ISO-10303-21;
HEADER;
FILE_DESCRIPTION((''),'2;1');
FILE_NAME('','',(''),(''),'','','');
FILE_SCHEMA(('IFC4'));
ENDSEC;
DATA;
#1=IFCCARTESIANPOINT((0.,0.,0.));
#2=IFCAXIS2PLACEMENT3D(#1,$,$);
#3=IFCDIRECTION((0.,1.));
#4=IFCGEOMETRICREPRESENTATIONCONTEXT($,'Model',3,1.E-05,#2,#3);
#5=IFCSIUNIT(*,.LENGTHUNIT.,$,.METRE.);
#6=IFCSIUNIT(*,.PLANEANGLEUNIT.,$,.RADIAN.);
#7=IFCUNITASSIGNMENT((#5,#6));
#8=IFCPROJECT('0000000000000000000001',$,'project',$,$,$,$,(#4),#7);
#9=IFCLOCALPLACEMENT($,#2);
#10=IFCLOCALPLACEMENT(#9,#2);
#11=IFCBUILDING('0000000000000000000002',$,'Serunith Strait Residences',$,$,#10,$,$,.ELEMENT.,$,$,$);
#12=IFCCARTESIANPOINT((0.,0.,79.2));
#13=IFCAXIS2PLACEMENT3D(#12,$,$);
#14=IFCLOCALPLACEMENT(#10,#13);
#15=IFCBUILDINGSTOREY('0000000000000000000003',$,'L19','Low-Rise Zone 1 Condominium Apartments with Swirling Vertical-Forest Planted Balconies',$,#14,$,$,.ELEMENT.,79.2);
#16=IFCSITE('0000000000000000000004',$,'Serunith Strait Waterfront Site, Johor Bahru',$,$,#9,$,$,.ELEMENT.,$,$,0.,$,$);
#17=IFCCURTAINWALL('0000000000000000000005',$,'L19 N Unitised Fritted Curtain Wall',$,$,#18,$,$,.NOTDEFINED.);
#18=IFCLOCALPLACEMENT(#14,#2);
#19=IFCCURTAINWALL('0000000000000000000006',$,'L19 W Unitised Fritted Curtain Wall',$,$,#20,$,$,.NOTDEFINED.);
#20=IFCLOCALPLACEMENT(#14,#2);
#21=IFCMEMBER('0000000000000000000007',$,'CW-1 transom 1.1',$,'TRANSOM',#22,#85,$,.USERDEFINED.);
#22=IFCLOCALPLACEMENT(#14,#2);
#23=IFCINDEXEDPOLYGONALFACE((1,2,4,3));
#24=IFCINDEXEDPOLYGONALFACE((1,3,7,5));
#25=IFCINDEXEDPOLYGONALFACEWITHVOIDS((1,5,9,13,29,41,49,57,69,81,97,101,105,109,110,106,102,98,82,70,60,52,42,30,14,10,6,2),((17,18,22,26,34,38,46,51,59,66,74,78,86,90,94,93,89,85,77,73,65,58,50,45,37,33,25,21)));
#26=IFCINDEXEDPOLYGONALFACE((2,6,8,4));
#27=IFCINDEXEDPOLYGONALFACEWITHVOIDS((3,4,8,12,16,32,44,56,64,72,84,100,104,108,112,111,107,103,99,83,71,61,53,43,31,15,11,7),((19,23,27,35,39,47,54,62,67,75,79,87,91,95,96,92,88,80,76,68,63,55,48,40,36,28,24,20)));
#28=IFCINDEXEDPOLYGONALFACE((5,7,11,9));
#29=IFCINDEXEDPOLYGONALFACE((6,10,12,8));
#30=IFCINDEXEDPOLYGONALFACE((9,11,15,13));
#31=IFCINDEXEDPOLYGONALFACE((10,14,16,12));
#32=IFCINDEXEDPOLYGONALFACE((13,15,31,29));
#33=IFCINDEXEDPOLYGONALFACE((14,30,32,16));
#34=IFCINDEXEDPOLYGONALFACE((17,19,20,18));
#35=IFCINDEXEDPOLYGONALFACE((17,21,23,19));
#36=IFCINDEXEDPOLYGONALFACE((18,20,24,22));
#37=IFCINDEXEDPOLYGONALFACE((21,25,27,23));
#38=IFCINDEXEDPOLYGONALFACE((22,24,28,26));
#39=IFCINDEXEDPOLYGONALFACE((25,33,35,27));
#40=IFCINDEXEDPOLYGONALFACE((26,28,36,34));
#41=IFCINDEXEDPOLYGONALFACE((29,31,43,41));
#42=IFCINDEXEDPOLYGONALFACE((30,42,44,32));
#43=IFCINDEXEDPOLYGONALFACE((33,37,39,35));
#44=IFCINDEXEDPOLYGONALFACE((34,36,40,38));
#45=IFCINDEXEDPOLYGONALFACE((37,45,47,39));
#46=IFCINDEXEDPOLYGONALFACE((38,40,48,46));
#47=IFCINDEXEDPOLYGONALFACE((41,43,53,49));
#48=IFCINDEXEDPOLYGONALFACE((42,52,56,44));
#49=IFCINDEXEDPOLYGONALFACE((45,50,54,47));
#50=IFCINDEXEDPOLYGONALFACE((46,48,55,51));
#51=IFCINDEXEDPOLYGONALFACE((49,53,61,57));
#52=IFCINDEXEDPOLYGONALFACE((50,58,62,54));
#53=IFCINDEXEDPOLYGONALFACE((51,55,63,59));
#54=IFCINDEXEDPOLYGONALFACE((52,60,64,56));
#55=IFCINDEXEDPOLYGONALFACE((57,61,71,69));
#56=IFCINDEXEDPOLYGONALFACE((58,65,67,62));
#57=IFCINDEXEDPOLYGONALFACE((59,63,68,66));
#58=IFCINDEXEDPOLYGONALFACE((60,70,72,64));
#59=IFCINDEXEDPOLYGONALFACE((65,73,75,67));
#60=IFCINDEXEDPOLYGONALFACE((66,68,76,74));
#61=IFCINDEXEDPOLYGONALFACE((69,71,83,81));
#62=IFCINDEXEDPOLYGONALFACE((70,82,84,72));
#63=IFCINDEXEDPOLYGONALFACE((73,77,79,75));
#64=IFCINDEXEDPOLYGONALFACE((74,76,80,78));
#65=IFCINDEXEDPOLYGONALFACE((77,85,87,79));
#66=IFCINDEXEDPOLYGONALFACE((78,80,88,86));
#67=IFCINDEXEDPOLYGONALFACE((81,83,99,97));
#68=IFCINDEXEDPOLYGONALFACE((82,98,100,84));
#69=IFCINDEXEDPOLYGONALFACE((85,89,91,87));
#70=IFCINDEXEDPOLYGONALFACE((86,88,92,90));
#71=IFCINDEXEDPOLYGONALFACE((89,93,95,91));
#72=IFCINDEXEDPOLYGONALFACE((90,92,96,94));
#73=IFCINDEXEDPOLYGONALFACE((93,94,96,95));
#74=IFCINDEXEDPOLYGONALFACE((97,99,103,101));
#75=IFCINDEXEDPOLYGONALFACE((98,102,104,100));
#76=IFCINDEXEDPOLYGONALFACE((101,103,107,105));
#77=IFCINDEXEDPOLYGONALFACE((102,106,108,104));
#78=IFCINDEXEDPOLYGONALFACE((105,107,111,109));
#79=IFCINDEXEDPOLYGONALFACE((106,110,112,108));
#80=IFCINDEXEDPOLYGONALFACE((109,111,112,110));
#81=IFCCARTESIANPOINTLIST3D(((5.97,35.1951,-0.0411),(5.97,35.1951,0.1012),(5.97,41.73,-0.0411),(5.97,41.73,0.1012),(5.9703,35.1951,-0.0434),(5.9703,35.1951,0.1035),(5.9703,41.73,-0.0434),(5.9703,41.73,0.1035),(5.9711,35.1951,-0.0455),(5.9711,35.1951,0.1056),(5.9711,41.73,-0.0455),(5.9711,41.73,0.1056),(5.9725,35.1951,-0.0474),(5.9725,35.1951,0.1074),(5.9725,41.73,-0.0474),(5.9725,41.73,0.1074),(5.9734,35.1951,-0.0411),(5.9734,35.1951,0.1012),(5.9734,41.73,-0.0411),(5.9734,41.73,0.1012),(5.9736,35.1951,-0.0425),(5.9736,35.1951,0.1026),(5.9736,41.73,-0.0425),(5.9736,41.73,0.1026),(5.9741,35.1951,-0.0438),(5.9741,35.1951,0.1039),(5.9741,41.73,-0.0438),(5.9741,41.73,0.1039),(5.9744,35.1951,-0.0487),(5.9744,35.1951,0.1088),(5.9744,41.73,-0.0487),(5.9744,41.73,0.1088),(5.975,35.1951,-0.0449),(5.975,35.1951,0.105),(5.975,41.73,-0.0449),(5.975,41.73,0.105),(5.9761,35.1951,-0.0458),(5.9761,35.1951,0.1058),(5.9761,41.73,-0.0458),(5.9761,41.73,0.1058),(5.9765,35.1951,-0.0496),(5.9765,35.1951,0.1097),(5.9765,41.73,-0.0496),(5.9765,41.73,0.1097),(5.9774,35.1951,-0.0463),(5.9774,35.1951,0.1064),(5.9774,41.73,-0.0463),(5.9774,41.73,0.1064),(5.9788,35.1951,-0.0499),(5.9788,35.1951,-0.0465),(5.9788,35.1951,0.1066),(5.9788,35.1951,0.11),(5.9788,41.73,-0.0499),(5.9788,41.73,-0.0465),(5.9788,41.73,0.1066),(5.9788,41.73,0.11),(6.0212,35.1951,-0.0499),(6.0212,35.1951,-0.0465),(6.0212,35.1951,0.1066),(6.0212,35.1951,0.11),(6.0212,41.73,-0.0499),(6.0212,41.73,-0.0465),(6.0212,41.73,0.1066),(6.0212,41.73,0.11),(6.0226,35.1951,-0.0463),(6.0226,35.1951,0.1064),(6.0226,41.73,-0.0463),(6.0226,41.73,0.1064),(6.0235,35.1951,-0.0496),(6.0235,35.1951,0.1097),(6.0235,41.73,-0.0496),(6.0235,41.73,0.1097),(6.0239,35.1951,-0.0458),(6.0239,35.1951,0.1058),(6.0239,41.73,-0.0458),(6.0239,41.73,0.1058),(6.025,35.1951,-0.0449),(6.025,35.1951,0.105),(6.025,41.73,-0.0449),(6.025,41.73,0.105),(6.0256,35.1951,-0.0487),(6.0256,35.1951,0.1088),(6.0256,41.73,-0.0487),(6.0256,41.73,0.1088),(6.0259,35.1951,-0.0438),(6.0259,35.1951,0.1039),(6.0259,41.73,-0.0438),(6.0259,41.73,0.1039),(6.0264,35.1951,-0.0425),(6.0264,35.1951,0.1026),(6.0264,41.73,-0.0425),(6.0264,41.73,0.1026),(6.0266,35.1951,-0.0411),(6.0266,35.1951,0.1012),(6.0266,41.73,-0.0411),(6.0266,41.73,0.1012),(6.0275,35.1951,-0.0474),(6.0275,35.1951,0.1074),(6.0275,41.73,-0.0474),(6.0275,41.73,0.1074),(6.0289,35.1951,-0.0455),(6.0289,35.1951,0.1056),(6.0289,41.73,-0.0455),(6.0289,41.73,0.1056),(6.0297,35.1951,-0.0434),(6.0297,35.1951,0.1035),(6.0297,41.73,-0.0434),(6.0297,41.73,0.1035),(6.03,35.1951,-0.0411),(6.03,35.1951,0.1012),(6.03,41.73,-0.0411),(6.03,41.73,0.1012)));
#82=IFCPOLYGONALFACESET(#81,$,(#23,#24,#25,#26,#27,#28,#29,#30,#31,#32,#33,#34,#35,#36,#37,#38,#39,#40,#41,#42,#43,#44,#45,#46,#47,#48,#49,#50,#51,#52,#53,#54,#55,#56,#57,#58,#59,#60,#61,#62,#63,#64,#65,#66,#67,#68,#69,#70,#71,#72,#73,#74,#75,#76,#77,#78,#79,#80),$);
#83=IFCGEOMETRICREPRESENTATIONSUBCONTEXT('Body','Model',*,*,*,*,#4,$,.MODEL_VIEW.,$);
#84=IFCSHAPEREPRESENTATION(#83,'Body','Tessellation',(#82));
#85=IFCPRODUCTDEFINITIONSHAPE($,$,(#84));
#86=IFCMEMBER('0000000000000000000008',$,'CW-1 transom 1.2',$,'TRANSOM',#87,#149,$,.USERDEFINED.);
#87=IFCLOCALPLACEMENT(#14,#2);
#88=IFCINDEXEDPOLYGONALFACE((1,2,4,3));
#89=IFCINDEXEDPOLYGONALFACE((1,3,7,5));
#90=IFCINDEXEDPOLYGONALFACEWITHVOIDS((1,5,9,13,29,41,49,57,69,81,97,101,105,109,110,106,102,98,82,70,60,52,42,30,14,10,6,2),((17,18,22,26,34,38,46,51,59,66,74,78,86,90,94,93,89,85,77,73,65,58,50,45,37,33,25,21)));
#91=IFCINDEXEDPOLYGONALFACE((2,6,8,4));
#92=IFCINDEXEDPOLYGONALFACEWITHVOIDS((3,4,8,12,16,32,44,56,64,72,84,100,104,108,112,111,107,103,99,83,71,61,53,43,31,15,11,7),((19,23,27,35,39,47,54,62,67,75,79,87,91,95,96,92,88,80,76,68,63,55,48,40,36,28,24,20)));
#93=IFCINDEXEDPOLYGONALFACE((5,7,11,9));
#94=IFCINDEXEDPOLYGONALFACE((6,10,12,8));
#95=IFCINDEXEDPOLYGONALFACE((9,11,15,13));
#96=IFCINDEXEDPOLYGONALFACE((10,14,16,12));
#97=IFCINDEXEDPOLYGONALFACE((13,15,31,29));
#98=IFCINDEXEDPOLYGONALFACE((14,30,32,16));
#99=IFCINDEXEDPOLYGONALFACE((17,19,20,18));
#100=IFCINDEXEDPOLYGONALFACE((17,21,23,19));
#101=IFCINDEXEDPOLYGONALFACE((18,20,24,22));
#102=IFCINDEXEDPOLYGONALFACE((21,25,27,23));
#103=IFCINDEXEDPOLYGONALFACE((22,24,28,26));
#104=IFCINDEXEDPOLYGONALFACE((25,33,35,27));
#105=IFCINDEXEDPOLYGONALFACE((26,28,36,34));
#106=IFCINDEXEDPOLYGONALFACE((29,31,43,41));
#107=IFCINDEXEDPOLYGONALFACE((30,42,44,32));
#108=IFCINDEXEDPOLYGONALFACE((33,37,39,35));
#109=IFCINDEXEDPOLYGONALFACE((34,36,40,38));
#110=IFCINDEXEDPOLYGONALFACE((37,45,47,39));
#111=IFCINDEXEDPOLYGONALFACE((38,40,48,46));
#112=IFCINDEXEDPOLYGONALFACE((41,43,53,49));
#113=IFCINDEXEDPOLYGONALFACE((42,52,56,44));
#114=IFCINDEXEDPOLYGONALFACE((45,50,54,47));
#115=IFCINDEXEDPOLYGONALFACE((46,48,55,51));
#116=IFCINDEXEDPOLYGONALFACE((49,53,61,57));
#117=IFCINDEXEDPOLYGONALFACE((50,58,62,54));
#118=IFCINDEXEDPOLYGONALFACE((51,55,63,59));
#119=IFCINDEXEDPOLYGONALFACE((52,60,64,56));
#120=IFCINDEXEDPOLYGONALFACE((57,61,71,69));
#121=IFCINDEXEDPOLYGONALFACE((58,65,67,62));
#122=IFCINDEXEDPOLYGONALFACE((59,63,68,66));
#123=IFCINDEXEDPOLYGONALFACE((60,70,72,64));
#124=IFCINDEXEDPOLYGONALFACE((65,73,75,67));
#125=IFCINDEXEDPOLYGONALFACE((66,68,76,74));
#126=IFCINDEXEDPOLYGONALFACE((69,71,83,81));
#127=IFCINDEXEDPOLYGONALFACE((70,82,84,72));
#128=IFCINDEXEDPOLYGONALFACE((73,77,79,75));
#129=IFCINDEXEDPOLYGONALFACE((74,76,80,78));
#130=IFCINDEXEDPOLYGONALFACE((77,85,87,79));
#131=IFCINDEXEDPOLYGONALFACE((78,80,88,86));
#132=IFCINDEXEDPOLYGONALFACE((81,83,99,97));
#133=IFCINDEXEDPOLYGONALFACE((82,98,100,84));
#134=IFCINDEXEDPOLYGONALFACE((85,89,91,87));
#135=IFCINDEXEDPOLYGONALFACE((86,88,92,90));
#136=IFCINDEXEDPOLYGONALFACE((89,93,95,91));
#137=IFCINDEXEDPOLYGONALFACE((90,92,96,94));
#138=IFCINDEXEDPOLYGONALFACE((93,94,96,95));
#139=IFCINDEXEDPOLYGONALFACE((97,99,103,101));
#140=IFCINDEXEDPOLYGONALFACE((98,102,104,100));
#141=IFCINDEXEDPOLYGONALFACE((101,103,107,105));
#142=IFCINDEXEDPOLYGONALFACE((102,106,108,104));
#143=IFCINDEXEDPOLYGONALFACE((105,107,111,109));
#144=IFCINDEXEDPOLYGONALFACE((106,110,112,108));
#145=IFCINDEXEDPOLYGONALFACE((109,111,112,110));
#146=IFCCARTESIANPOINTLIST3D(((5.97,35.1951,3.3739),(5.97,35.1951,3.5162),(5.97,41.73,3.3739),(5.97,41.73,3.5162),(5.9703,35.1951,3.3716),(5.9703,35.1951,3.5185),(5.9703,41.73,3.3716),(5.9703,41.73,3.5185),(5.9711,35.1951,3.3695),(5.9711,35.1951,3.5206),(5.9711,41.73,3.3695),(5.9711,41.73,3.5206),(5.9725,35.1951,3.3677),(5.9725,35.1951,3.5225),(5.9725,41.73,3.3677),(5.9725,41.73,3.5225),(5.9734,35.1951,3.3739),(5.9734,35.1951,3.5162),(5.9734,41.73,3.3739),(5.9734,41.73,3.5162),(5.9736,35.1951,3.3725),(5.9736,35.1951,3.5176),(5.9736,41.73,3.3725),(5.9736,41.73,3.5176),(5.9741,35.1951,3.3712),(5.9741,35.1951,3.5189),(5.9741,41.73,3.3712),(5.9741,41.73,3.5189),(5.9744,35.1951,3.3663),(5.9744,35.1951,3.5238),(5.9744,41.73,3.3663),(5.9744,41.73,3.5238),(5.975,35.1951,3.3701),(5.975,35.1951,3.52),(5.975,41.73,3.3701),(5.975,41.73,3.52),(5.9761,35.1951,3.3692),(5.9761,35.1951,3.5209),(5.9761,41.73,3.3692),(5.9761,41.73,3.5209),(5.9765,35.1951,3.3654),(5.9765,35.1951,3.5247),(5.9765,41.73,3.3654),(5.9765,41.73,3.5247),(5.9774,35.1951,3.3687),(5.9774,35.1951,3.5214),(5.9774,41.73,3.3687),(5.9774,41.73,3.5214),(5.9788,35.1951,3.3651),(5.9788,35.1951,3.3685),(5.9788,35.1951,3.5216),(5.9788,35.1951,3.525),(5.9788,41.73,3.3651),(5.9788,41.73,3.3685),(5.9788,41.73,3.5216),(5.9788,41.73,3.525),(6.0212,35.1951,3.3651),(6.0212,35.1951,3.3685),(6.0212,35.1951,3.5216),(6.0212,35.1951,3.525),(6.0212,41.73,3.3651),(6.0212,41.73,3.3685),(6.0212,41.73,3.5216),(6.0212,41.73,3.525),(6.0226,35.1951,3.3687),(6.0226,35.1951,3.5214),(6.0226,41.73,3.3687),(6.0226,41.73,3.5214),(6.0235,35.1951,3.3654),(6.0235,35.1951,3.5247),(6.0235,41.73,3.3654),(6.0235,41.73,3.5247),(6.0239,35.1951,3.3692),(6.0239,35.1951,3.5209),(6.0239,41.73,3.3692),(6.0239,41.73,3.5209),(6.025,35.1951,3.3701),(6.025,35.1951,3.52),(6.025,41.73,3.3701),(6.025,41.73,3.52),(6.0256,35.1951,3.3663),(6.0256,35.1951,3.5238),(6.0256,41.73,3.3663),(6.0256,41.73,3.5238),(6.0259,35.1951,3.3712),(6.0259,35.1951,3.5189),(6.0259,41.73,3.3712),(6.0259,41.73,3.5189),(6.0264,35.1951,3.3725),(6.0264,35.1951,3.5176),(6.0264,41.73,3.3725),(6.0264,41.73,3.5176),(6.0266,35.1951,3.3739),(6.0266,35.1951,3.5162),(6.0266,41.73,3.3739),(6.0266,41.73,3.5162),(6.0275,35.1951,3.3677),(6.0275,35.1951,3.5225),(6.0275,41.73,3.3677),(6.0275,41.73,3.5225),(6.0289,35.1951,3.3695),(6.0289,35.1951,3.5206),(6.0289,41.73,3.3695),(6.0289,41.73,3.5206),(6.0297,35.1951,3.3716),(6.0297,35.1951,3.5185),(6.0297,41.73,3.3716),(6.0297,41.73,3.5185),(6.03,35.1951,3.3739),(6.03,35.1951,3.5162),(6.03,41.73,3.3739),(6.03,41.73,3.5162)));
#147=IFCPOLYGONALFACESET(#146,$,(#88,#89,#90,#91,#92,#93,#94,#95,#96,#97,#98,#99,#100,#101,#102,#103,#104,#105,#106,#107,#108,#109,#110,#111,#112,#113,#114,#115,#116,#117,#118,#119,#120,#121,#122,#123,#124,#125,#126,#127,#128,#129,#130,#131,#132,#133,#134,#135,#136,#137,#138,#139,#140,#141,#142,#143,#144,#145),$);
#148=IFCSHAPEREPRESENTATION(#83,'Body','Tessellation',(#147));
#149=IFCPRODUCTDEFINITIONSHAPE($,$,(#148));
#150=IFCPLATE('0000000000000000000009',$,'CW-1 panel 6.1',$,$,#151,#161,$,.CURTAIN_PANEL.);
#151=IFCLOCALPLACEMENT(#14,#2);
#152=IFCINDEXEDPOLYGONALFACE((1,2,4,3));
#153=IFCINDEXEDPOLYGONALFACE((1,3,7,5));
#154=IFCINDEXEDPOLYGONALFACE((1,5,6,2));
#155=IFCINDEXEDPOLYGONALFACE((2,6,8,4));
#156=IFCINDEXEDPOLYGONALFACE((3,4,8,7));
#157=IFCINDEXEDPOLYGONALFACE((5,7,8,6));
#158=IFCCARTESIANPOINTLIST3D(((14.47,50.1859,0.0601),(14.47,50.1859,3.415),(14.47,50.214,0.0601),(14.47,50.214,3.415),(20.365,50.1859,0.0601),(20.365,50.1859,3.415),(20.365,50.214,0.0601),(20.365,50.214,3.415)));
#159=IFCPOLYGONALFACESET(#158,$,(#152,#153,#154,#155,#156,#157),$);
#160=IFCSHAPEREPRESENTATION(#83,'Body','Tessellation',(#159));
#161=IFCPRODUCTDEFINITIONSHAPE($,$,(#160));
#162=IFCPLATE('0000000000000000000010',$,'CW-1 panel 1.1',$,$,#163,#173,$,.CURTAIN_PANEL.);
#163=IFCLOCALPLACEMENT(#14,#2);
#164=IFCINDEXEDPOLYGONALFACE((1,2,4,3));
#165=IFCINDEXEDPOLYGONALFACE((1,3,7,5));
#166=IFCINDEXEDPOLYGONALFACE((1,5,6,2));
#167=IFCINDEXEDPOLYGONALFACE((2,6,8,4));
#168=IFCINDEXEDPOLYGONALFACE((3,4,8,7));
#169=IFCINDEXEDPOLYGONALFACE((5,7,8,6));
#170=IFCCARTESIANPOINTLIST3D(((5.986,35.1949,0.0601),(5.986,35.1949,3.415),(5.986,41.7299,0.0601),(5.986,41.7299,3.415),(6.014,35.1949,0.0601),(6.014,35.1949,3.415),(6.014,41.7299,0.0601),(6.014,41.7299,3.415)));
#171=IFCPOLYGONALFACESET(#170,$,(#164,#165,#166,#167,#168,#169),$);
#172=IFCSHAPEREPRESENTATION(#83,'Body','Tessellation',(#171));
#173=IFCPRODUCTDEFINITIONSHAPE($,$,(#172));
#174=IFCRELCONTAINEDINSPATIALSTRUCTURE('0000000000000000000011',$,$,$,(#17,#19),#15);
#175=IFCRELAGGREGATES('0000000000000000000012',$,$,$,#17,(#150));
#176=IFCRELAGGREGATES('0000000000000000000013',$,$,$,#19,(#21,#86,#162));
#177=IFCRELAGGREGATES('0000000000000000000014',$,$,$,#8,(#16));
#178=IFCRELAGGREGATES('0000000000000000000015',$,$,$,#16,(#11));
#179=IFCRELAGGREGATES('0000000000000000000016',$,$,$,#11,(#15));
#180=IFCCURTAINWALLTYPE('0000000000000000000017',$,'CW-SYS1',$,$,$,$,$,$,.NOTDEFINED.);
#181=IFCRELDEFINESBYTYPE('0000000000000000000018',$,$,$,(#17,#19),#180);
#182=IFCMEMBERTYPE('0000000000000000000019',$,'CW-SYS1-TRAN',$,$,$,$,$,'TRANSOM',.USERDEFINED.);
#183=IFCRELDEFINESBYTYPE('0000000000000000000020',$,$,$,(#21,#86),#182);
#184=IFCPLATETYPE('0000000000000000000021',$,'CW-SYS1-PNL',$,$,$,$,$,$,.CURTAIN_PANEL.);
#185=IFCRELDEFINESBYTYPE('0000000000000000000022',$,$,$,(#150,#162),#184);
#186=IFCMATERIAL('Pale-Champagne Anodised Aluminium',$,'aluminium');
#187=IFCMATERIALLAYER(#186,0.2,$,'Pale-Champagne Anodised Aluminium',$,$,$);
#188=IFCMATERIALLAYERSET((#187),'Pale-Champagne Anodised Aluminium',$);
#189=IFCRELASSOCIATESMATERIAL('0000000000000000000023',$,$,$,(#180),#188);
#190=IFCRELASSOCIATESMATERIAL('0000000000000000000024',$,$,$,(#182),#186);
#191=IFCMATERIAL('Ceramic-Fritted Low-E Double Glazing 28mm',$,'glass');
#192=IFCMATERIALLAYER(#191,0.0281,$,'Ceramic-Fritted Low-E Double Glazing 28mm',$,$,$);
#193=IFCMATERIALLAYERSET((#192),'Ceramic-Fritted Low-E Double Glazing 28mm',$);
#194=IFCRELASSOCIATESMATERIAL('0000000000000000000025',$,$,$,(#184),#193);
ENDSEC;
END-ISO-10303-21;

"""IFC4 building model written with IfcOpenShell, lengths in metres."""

from ifc_helpers import new_model, si_unit, direction, frame, origin, origin_2d, place, context, subcontext, project, spatial, rectangle, hollow_rectangle, extrude, source, transform, mapped, material, layer, layer_set, material_profile, profile_set, type_object, element, aggregate, save


model = new_model("IFC4")

# Units and contexts
model_context = context("Model", 3, precision=1e-05, world=origin(), true_north=direction((0.0, 1.0)))
body_context = subcontext(model_context, "Body", "Model", "MODEL_VIEW")
ifc_project = project(units=[si_unit("LENGTHUNIT", "METRE"), si_unit("PLANEANGLEUNIT", "RADIAN")], contexts=[model_context])

# Site, building, storey
site_placement = place(None, origin())
site = spatial("IfcSite", under=ifc_project, at=site_placement, Name="Serunith Strait Waterfront Site, Johor Bahru", CompositionType="ELEMENT", RefElevation=0.0)
building_placement = place(site_placement, origin())
building = spatial("IfcBuilding", under=site, at=building_placement, Name="Serunith Strait Residences", CompositionType="ELEMENT")
storey_placement = place(building_placement, frame((0.0, 0.0, 79.2)))
storey = spatial("IfcBuildingStorey", under=building, at=storey_placement, Name="L19", Description="Low-Rise Zone 1 Condominium Apartments with Swirling Vertical-Forest Planted Balconies", CompositionType="ELEMENT", Elevation=79.2)

# Curtain wall
ifc_material_1 = material(Name="Pale-Champagne Anodised Aluminium", Category="aluminium")
ifc_layer_1 = layer(ifc_material_1, 0.2, Name="Pale-Champagne Anodised Aluminium")
ifc_layer_set_1 = layer_set([ifc_layer_1], Name="Pale-Champagne Anodised Aluminium")
curtain_wall_type = type_object("IfcCurtainWallType", Name="CW-SYS1", PredefinedType="NOTDEFINED", material=ifc_layer_set_1)
curtain_wall_1_placement = place(storey_placement, origin())
curtain_wall_1 = element("IfcCurtainWall", 1, at=curtain_wall_1_placement, inside=storey, type_object=curtain_wall_type, Name="L19 N Unitised Fritted Curtain Wall", PredefinedType="NOTDEFINED")

# Curtain wall, members
curtain_wall_2_placement = place(storey_placement, origin())
curtain_wall_2 = element("IfcCurtainWall", 2, at=curtain_wall_2_placement, inside=storey, type_object=curtain_wall_type, Name="L19 W Unitised Fritted Curtain Wall", PredefinedType="NOTDEFINED")
ifc_material_profile_1 = material_profile(ifc_material_1, hollow_rectangle(XDim=0.0601, YDim=0.1599, WallThickness=0.0034, InnerFilletRadius=0.0054, OuterFilletRadius=0.0088, at=origin_2d()), Name="ALU 160x60x3.5")
ifc_profile_set_1 = profile_set([ifc_material_profile_1], Name="Pale-Champagne Anodised Aluminium")
member_type_1 = type_object("IfcMemberType", Name="CW-SYS1-TRAN", ElementType="TRANSOM", PredefinedType="USERDEFINED", material=ifc_profile_set_1)
shared_shape_1 = source(origin(), body_context, "Body", "SweptSolid", [
    extrude(hollow_rectangle(XDim=0.0601, YDim=0.1599, WallThickness=0.0034, InnerFilletRadius=0.0054, OuterFilletRadius=0.0088, at=origin_2d()), origin(), (0.0, 0.0, 1.0), 6.5349),
])
member_1_placement = place(storey_placement, frame((6.0, 41.73, 0.03), z_axis=(0.0, -1.0, 0.0), x_axis=(1.0, 0.0, 0.0)))
member_1 = element("IfcMember", 3, at=member_1_placement, type_object=member_type_1, Name="CW-1 transom 1.1", ObjectType="TRANSOM", PredefinedType="USERDEFINED", context=body_context, shape_type="MappedRepresentation", body=[
    mapped(shared_shape_1, transform((0.0, 0.0, 0.0), scale=1.0)),
])
member_2_placement = place(storey_placement, frame((6.0, 41.73, 3.4451), z_axis=(0.0, -1.0, 0.0), x_axis=(1.0, 0.0, 0.0)))
member_2 = element("IfcMember", 4, at=member_2_placement, type_object=member_type_1, Name="CW-1 transom 1.2", ObjectType="TRANSOM", PredefinedType="USERDEFINED", context=body_context, shape_type="MappedRepresentation", body=[
    mapped(shared_shape_1, transform((0.0, 0.0, 0.0), scale=1.0)),
])

# Plates
ifc_material_2 = material(Name="Ceramic-Fritted Low-E Double Glazing 28mm", Category="glass")
ifc_layer_2 = layer(ifc_material_2, 0.0281, Name="Ceramic-Fritted Low-E Double Glazing 28mm")
ifc_layer_set_2 = layer_set([ifc_layer_2], Name="Ceramic-Fritted Low-E Double Glazing 28mm")
plate_type = type_object("IfcPlateType", Name="CW-SYS1-PNL", PredefinedType="CURTAIN_PANEL", material=ifc_layer_set_2)
shared_shape_2 = source(origin(), body_context, "Body", "SweptSolid", [
    extrude(rectangle(XDim=5.895, YDim=0.0281, at=origin_2d()), origin(), (0.0, 0.0, 1.0), 3.355),
])
plate_1_placement = place(storey_placement, frame((17.4175, 50.2, 0.0601), z_axis=(0.0, 0.0, 1.0), x_axis=(-1.0, 0.0, 0.0)))
plate_1 = element("IfcPlate", 5, at=plate_1_placement, type_object=plate_type, Name="CW-1 panel 6.1", PredefinedType="CURTAIN_PANEL", context=body_context, shape_type="MappedRepresentation", body=[
    mapped(shared_shape_2, transform((0.0, 0.0, 0.0), scale=1.0)),
])
aggregate(curtain_wall_1, [plate_1])
shared_shape_3 = source(origin(), body_context, "Body", "SweptSolid", [
    extrude(rectangle(XDim=6.5349, YDim=0.0281, at=origin_2d()), origin(), (0.0, 0.0, 1.0), 3.355),
])
plate_2_placement = place(storey_placement, frame((6.0, 38.4624, 0.0601), z_axis=(0.0, 0.0, 1.0), x_axis=(0.0, -1.0, 0.0)))
plate_2 = element("IfcPlate", 6, at=plate_2_placement, type_object=plate_type, Name="CW-1 panel 1.1", PredefinedType="CURTAIN_PANEL", context=body_context, shape_type="MappedRepresentation", body=[
    mapped(shared_shape_3, transform((0.0, 0.0, 0.0), scale=1.0)),
])
aggregate(curtain_wall_2, [member_1, member_2, plate_2])

save(model, "model.ifc")
